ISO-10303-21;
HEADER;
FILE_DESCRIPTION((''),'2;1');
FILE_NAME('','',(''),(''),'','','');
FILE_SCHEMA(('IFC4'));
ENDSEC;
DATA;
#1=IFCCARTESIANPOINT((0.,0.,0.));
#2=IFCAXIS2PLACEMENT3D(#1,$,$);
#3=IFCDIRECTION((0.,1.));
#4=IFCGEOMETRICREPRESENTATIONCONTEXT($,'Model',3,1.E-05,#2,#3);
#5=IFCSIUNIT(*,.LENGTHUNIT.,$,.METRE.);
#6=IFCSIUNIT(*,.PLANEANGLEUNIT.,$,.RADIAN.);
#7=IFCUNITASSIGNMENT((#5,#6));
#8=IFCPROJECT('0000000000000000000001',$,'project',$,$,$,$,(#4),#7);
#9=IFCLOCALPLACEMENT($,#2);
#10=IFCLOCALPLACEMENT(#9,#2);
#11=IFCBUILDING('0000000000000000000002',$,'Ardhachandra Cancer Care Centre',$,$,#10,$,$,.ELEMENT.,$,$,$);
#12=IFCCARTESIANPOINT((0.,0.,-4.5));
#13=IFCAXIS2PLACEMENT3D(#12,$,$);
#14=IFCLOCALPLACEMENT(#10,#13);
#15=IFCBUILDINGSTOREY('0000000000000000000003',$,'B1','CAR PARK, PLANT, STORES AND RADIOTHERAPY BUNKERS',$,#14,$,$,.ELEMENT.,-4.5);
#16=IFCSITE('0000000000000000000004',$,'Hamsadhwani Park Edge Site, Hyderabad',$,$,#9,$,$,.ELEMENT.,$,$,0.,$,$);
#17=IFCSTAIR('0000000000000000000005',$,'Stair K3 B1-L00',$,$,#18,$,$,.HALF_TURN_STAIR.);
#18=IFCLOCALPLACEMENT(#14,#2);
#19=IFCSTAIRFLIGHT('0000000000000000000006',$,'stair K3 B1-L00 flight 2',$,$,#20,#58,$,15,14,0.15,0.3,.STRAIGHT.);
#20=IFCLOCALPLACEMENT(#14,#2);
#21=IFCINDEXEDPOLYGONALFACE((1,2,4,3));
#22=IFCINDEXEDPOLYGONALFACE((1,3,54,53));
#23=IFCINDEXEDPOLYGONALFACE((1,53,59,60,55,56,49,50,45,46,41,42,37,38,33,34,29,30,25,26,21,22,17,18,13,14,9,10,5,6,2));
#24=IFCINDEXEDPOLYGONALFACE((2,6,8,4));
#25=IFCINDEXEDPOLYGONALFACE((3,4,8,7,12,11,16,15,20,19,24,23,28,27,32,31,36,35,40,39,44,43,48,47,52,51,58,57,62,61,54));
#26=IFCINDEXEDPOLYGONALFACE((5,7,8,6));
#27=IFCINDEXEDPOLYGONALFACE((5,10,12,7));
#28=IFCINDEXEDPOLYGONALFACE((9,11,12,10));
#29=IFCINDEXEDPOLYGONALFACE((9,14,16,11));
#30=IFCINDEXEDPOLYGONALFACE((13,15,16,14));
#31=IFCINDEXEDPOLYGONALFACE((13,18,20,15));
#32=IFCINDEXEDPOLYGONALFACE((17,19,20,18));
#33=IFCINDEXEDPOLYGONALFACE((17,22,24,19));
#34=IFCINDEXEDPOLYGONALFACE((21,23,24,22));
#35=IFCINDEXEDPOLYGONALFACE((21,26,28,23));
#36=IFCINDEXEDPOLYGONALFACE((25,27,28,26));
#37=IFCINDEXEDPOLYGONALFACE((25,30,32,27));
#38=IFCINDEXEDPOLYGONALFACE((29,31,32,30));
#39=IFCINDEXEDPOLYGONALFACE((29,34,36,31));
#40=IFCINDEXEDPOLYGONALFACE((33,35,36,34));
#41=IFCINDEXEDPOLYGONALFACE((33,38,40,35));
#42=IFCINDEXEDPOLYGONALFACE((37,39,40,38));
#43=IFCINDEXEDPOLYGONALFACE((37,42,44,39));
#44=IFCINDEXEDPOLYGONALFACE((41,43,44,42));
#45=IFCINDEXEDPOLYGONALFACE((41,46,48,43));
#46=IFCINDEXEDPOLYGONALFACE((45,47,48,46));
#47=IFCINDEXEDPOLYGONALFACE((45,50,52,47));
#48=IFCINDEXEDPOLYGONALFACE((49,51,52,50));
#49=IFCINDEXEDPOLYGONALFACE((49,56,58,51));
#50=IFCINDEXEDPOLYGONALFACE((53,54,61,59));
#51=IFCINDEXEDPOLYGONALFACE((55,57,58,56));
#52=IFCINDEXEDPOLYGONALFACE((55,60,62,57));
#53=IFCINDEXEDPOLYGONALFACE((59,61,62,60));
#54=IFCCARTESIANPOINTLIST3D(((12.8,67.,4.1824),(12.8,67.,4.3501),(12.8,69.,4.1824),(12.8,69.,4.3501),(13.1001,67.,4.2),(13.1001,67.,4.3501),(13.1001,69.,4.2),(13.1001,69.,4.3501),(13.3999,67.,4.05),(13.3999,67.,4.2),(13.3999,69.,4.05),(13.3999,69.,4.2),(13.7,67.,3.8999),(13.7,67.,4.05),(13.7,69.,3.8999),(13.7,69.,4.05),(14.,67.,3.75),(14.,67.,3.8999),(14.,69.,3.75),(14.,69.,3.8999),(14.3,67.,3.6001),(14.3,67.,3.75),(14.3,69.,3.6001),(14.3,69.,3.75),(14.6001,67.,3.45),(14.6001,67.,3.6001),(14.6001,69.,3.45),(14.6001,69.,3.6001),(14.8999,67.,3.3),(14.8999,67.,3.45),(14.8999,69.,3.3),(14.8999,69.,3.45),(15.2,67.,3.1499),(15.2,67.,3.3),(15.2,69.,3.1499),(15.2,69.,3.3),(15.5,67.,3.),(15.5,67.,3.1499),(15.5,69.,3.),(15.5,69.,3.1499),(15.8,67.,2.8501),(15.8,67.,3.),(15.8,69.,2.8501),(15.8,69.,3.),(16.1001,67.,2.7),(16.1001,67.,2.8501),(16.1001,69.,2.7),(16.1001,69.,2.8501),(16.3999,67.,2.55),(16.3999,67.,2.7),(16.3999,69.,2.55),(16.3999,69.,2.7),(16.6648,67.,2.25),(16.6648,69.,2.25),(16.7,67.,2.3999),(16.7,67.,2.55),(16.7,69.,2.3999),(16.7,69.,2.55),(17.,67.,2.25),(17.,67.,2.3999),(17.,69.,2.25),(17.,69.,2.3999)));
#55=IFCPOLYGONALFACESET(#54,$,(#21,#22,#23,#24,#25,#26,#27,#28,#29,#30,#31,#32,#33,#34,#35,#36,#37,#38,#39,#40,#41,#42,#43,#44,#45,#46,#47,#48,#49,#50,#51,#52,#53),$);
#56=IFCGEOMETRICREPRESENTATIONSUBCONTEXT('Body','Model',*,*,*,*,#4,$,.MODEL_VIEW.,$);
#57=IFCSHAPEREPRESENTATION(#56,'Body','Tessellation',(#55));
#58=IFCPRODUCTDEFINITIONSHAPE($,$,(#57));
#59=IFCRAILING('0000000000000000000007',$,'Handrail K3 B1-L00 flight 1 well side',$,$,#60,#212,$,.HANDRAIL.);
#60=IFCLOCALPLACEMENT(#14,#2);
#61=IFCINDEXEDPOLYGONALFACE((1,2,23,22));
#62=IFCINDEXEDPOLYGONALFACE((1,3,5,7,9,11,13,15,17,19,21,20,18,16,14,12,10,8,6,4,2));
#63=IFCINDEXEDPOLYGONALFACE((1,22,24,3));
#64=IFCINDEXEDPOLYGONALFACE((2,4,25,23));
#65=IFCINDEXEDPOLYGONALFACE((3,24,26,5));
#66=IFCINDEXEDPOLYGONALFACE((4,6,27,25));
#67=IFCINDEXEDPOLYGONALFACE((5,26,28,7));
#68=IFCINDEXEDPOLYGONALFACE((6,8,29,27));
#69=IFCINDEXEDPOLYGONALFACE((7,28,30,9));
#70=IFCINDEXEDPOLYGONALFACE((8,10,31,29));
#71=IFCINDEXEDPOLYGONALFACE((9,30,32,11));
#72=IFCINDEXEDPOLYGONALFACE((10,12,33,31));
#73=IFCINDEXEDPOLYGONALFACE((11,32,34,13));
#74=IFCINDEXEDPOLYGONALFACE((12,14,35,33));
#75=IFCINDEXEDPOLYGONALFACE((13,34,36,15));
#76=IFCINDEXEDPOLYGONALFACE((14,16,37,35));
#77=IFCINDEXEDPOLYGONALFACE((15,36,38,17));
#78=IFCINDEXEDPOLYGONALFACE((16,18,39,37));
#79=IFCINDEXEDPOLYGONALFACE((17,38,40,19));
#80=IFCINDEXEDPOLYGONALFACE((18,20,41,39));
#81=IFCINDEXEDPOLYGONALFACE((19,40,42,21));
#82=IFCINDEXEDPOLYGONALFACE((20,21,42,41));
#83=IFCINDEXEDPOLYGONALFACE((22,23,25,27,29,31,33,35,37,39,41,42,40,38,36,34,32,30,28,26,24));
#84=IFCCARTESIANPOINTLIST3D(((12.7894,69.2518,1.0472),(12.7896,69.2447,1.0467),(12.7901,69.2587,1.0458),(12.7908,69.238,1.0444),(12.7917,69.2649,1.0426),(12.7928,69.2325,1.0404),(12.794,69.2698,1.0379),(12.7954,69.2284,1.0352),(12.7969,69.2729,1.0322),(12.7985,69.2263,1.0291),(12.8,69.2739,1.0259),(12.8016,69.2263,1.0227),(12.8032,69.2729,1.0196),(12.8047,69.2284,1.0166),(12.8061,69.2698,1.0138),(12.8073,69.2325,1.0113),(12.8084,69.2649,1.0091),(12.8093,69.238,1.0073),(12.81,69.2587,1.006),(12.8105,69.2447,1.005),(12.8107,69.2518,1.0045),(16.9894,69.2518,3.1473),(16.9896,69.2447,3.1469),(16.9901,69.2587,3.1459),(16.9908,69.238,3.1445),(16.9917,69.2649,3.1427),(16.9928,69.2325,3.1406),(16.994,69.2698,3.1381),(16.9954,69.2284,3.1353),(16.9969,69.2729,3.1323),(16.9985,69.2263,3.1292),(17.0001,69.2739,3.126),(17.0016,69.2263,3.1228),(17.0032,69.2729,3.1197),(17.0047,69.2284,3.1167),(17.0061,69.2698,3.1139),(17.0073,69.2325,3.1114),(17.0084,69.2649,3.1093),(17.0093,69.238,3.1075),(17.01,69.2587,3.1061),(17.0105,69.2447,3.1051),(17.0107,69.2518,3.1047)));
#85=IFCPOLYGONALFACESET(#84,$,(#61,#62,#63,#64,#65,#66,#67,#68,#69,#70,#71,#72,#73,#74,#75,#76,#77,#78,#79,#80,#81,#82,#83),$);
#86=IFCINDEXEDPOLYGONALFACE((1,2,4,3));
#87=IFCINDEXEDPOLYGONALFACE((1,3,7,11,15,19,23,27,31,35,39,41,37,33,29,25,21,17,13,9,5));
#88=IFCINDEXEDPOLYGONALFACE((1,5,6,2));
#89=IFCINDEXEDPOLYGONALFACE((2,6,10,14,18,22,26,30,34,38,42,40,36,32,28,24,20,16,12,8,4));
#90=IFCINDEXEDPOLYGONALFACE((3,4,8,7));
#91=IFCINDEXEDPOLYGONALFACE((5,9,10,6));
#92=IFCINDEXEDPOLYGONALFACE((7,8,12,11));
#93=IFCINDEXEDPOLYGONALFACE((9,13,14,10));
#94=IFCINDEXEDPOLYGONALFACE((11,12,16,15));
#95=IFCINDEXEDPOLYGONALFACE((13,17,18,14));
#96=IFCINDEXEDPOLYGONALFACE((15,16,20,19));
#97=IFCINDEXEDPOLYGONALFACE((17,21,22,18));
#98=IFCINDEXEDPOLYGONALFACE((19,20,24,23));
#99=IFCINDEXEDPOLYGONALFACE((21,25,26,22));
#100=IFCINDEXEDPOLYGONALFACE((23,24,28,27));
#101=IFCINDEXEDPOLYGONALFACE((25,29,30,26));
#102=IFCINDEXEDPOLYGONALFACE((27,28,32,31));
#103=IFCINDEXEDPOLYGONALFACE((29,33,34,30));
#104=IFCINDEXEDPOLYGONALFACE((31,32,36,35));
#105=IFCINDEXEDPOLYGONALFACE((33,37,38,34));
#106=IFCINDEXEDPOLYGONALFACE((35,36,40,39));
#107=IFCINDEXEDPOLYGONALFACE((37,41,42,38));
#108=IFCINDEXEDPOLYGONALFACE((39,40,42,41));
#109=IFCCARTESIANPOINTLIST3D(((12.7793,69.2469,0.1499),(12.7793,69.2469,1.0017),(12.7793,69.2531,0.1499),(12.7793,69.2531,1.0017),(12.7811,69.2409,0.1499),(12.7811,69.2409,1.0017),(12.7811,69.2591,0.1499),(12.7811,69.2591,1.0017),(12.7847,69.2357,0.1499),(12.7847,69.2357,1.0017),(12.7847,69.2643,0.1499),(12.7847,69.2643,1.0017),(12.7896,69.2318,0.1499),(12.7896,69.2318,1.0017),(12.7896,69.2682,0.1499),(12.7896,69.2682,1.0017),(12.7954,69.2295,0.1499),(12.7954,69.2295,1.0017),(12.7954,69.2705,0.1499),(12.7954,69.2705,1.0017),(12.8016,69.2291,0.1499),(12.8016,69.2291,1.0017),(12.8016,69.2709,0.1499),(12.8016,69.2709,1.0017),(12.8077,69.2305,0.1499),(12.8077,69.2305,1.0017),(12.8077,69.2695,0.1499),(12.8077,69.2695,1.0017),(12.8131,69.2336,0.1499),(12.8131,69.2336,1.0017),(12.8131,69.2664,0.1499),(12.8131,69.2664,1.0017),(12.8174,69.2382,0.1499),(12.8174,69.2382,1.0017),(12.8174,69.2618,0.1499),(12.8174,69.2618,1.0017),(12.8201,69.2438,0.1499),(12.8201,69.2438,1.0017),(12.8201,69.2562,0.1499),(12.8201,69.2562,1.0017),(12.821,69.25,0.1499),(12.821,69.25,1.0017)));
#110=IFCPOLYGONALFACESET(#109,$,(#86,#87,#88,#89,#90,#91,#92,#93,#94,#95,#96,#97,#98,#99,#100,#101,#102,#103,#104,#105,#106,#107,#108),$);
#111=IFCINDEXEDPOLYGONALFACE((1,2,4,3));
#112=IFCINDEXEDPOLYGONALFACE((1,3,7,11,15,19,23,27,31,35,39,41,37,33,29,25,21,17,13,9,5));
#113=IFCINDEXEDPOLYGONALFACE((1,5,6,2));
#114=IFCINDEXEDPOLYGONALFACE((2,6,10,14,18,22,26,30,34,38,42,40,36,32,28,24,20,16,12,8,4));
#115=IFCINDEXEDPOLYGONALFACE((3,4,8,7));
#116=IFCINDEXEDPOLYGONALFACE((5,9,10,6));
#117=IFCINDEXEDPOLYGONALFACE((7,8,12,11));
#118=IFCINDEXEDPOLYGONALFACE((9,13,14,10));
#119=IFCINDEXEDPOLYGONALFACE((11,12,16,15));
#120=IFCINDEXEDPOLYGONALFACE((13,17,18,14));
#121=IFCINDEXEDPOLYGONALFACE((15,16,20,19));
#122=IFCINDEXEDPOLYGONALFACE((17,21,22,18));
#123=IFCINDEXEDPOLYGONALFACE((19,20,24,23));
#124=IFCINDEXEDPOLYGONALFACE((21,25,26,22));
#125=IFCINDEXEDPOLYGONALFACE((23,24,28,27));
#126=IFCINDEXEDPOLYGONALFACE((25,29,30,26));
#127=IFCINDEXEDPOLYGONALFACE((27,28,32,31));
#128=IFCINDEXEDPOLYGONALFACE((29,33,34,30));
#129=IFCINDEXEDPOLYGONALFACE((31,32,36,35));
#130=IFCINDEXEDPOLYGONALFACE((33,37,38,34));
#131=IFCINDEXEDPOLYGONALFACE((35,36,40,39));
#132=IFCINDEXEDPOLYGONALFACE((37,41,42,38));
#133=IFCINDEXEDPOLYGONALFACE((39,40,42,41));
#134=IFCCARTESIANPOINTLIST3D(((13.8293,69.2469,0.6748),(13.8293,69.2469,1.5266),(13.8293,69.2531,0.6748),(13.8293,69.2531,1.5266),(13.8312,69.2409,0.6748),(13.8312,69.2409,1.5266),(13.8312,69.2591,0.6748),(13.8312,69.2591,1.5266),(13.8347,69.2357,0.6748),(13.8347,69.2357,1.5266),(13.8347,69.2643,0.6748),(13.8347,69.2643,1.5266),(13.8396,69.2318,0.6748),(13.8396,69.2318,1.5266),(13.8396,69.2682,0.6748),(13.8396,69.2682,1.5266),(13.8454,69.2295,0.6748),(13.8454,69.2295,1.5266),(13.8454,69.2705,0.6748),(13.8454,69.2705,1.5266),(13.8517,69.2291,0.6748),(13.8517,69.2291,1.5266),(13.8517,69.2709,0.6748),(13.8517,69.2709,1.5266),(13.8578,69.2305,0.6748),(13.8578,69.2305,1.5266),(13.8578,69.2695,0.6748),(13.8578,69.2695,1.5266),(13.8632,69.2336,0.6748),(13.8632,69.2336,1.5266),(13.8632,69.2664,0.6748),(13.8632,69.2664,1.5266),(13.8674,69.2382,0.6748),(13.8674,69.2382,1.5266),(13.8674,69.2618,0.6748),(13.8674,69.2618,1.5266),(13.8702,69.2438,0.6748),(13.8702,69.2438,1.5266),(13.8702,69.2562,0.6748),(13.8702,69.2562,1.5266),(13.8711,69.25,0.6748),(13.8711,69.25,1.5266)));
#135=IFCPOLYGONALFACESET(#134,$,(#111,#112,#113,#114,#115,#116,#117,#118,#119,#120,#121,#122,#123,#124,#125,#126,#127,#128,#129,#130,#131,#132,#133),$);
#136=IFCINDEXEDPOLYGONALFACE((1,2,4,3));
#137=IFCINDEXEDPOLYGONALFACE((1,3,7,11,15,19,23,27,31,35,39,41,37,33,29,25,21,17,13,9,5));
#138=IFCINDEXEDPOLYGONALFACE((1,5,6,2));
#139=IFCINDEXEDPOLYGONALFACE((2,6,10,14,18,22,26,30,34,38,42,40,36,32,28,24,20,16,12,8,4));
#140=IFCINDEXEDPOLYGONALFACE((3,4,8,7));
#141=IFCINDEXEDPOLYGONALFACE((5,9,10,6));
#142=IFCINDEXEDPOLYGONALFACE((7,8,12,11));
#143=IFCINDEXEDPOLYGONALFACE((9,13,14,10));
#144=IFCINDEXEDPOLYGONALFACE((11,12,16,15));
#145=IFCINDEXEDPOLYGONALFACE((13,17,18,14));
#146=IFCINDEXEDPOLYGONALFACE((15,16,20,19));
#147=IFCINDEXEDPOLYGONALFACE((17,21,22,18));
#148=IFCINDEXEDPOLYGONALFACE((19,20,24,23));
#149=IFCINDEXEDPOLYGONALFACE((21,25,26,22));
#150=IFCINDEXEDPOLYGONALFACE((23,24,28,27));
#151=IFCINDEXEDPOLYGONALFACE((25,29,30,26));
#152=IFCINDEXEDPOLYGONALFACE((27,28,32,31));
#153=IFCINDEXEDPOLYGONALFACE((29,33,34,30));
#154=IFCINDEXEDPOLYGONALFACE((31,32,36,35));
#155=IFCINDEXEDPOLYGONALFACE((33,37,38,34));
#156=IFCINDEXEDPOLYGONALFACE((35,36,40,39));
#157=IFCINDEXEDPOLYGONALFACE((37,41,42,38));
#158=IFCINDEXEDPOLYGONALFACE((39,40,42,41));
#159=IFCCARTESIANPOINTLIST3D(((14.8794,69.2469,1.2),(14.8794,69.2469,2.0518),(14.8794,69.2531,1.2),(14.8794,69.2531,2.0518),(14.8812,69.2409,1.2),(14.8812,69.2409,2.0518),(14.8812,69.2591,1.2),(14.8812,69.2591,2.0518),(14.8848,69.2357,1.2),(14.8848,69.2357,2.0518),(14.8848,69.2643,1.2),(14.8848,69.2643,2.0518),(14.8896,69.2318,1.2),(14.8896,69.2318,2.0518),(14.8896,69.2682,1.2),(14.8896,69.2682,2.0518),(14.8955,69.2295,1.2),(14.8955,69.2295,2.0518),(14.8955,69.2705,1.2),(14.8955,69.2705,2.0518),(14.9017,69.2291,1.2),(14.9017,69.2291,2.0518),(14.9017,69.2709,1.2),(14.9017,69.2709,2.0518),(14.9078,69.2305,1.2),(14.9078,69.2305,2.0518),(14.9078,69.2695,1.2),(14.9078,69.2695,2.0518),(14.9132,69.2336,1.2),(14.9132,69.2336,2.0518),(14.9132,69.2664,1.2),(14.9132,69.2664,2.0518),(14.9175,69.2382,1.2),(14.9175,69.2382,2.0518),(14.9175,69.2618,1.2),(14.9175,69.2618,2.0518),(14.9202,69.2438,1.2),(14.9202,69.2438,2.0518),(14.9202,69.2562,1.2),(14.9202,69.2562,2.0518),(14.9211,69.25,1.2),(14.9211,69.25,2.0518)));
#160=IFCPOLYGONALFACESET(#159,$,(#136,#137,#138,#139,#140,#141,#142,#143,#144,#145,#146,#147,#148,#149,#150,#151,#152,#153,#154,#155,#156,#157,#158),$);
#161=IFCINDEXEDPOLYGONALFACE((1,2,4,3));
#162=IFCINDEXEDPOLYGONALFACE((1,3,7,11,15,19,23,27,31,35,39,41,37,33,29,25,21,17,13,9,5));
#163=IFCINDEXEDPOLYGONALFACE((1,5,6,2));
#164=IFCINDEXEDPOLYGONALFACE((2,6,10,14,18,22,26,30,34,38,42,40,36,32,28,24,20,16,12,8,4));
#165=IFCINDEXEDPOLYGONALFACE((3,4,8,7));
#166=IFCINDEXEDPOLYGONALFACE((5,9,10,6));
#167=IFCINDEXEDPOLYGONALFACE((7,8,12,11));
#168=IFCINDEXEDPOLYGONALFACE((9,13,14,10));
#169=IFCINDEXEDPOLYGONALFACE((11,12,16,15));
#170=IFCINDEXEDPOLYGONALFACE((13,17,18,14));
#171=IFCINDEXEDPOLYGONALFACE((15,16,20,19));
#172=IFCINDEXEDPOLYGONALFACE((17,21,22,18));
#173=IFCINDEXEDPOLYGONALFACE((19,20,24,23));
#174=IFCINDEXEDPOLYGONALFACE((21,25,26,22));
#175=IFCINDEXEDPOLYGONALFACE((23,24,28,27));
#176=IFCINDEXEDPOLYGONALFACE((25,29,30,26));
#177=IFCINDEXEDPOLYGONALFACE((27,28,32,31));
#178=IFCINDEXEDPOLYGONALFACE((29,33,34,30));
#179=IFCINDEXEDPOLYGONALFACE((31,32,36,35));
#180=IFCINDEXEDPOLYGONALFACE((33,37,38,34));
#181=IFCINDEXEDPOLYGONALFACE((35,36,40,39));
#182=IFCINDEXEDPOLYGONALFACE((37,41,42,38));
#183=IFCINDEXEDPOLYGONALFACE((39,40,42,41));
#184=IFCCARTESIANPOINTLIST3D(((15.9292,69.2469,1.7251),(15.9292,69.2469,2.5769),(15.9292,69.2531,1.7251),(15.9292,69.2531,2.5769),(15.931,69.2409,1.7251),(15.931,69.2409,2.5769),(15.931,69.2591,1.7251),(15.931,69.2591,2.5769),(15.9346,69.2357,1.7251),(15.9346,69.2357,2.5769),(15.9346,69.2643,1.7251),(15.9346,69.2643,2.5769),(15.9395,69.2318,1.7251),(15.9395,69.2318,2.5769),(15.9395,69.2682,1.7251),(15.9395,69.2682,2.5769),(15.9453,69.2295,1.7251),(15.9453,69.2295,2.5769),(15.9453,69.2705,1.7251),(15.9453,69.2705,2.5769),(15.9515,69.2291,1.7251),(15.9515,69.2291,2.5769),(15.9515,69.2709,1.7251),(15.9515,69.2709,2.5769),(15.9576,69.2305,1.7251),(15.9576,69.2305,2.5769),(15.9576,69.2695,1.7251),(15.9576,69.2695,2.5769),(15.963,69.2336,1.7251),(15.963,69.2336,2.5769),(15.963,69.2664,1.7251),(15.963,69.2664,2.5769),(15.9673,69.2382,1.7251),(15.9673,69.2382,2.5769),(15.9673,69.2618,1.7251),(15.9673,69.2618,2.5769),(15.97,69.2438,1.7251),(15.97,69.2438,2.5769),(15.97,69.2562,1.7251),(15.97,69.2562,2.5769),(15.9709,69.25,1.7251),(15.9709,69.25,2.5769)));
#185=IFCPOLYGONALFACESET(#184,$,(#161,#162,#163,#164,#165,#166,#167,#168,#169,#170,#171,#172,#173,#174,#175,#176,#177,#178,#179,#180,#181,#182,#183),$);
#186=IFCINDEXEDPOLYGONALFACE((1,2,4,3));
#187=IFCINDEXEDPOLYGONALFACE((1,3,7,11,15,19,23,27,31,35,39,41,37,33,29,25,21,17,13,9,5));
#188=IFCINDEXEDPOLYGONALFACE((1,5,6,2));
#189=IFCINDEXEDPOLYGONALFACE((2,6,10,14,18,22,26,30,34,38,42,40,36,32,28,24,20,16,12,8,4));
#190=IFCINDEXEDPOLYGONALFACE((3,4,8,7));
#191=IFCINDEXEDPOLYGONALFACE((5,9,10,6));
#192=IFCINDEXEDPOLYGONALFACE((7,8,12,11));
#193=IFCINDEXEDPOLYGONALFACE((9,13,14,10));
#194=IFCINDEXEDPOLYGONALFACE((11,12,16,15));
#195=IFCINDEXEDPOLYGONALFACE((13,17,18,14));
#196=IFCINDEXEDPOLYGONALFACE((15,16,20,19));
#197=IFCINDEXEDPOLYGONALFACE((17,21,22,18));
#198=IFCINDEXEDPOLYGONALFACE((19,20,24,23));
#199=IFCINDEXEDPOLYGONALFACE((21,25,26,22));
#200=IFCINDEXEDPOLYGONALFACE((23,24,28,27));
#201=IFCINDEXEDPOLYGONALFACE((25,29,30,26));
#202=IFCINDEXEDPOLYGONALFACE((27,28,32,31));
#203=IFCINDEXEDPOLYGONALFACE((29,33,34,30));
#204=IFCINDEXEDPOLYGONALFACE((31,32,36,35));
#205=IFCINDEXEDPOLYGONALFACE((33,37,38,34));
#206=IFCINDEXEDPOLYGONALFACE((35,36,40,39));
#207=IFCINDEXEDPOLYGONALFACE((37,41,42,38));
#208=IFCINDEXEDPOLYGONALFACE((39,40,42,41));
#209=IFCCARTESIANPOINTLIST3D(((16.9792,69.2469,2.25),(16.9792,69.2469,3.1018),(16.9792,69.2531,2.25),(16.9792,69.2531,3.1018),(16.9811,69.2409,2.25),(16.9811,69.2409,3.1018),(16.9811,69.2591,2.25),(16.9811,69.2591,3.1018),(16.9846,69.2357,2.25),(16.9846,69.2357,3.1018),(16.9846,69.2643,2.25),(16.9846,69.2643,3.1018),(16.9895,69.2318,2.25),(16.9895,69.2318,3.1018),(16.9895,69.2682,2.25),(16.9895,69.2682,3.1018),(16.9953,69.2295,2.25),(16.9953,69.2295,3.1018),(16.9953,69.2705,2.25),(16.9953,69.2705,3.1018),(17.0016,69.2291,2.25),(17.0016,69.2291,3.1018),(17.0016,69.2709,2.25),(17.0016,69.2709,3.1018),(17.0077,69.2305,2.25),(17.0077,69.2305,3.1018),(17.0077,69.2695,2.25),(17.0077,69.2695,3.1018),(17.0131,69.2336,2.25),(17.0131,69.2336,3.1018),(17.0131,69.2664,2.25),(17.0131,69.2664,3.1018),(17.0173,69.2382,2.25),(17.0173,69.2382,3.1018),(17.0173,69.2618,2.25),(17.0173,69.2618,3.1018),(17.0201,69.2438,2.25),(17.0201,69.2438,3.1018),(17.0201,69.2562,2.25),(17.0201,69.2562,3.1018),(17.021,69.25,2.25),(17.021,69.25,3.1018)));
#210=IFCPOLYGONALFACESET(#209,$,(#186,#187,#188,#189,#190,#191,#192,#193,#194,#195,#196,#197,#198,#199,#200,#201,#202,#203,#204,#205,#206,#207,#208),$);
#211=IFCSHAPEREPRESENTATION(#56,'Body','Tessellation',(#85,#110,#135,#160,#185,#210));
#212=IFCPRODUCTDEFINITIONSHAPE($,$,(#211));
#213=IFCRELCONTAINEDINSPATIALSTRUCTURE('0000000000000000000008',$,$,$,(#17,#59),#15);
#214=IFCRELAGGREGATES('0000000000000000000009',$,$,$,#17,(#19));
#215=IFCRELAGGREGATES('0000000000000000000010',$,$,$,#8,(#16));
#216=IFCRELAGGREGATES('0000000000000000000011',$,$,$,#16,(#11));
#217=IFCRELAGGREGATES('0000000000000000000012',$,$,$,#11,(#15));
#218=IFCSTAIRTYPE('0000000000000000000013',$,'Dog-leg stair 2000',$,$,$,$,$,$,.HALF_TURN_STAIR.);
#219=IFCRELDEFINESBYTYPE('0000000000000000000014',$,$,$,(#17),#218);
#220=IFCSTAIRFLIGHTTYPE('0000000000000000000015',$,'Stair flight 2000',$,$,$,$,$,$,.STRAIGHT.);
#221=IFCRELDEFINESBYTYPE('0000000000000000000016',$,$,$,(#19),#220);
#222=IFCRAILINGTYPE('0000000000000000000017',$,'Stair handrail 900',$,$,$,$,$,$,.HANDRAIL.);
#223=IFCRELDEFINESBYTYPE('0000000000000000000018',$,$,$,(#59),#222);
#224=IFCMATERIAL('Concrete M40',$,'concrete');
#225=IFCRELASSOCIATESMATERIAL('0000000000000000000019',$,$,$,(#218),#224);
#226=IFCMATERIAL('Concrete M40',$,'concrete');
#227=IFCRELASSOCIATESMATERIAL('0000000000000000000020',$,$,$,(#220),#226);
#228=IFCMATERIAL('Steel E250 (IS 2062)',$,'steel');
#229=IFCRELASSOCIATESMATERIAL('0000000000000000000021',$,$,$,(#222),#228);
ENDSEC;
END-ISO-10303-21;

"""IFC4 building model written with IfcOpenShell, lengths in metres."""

from ifc_helpers import new_model, si_unit, direction, frame, origin, origin_2d, place, context, subcontext, project, spatial, polyline, circle, outline, extrude, material, type_object, element, aggregate, save


model = new_model("IFC4")

# Units and contexts
model_context = context("Model", 3, precision=1e-05, world=origin(), true_north=direction((0.0, 1.0)))
body_context = subcontext(model_context, "Body", "Model", "MODEL_VIEW")
ifc_project = project(units=[si_unit("LENGTHUNIT", "METRE"), si_unit("PLANEANGLEUNIT", "RADIAN")], contexts=[model_context])

# Site, building, storey
site_placement = place(None, origin())
site = spatial("IfcSite", under=ifc_project, at=site_placement, Name="Hamsadhwani Park Edge Site, Hyderabad", CompositionType="ELEMENT", RefElevation=0.0)
building_placement = place(site_placement, origin())
building = spatial("IfcBuilding", under=site, at=building_placement, Name="Ardhachandra Cancer Care Centre", CompositionType="ELEMENT")
storey_placement = place(building_placement, frame((0.0, 0.0, -4.5)))
storey = spatial("IfcBuildingStorey", under=building, at=storey_placement, Name="B1", Description="CAR PARK, PLANT, STORES AND RADIOTHERAPY BUNKERS", CompositionType="ELEMENT", Elevation=-4.5)

# Stair, stair flight
ifc_material_1 = material(Name="Concrete M40", Category="concrete")
stair_type = type_object("IfcStairType", Name="Dog-leg stair 2000", PredefinedType="HALF_TURN_STAIR", material=ifc_material_1)
stair_placement = place(storey_placement, origin())
stair = element("IfcStair", 1, at=stair_placement, inside=storey, type_object=stair_type, Name="Stair K3 B1-L00", PredefinedType="HALF_TURN_STAIR")
ifc_material_2 = material(Name="Concrete M40", Category="concrete")
stair_flight_type = type_object("IfcStairFlightType", Name="Stair flight 2000", PredefinedType="STRAIGHT", material=ifc_material_2)
stair_flight_1_placement = place(storey_placement, frame((17.0, 68.0, 2.25), z_axis=(0.0, 0.0, 1.0), x_axis=(-1.0, 0.0, 0.0)))
stair_flight_1 = element("IfcStairFlight", 2, at=stair_flight_1_placement, type_object=stair_flight_type, Name="stair K3 B1-L00 flight 2", NumberOfRisers=15, NumberOfTreads=14, PredefinedType="STRAIGHT", RiserHeight=0.15, TreadLength=0.3, context=body_context, shape_type="SweptSolid", body=[
    extrude(outline(polyline([(0.0, 0.0), (0.0, 0.1499), (0.3, 0.1499), (0.3, 0.3), (0.6001, 0.3), (0.6001, 0.45), (0.8999, 0.45), (0.8999, 0.6001), (1.2, 0.6001), (1.2, 0.75), (1.5, 0.75), (1.5, 0.8999), (1.8, 0.8999), (1.8, 1.05), (2.1001, 1.05), (2.1001, 1.2), (2.3999, 1.2), (2.3999, 1.3501), (2.7, 1.3501), (2.7, 1.5), (3.0, 1.5), (3.0, 1.6499), (3.3, 1.6499), (3.3, 1.8), (3.6001, 1.8), (3.6001, 1.95), (3.8999, 1.95), (3.8999, 2.1001), (4.2, 2.1001), (4.2, 2.25), (4.2, 1.9324), (0.3352, 0.0), (0.0, 0.0)])), frame((0.0, 1.0, 0.0), z_axis=(0.0, -1.0, 0.0), x_axis=(1.0, 0.0, 0.0)), (0.0, 0.0, 1.0), 2.0),
])
aggregate(stair, [stair_flight_1])

# Railing
ifc_material_3 = material(Name="Steel E250 (IS 2062)", Category="steel")
railing_type = type_object("IfcRailingType", Name="Stair handrail 900", PredefinedType="HANDRAIL", material=ifc_material_3)
railing_placement = place(storey_placement, frame((12.8, 69.25, 0.1499)))
element("IfcRailing", 3, at=railing_placement, inside=storey, type_object=railing_type, Name="Handrail K3 B1-L00 flight 1 well side", PredefinedType="HANDRAIL", context=body_context, shape_type="SweptSolid", body=[
    extrude(circle(Radius=0.0239, at=origin_2d()), frame((0.0, 0.0, 0.876), z_axis=(0.894417, 0.0, 0.447234), x_axis=(0.0, 1.0, 0.0)), (0.0, 0.0, 1.0), 4.6958),
    extrude(circle(Radius=0.021, at=origin_2d()), origin(), (0.0, 0.0, 1.0), 0.8518),
    extrude(circle(Radius=0.021, at=origin_2d()), frame((1.05, 0.0, 0.5249)), (0.0, 0.0, 1.0), 0.8518),
    extrude(circle(Radius=0.021, at=origin_2d()), frame((2.1001, 0.0, 1.05)), (0.0, 0.0, 1.0), 0.8518),
    extrude(circle(Radius=0.021, at=origin_2d()), frame((3.1499, 0.0, 1.5752)), (0.0, 0.0, 1.0), 0.8518),
    extrude(circle(Radius=0.021, at=origin_2d()), frame((4.2, 0.0, 2.1001)), (0.0, 0.0, 1.0), 0.8518),
])

save(model, "model.ifc")
